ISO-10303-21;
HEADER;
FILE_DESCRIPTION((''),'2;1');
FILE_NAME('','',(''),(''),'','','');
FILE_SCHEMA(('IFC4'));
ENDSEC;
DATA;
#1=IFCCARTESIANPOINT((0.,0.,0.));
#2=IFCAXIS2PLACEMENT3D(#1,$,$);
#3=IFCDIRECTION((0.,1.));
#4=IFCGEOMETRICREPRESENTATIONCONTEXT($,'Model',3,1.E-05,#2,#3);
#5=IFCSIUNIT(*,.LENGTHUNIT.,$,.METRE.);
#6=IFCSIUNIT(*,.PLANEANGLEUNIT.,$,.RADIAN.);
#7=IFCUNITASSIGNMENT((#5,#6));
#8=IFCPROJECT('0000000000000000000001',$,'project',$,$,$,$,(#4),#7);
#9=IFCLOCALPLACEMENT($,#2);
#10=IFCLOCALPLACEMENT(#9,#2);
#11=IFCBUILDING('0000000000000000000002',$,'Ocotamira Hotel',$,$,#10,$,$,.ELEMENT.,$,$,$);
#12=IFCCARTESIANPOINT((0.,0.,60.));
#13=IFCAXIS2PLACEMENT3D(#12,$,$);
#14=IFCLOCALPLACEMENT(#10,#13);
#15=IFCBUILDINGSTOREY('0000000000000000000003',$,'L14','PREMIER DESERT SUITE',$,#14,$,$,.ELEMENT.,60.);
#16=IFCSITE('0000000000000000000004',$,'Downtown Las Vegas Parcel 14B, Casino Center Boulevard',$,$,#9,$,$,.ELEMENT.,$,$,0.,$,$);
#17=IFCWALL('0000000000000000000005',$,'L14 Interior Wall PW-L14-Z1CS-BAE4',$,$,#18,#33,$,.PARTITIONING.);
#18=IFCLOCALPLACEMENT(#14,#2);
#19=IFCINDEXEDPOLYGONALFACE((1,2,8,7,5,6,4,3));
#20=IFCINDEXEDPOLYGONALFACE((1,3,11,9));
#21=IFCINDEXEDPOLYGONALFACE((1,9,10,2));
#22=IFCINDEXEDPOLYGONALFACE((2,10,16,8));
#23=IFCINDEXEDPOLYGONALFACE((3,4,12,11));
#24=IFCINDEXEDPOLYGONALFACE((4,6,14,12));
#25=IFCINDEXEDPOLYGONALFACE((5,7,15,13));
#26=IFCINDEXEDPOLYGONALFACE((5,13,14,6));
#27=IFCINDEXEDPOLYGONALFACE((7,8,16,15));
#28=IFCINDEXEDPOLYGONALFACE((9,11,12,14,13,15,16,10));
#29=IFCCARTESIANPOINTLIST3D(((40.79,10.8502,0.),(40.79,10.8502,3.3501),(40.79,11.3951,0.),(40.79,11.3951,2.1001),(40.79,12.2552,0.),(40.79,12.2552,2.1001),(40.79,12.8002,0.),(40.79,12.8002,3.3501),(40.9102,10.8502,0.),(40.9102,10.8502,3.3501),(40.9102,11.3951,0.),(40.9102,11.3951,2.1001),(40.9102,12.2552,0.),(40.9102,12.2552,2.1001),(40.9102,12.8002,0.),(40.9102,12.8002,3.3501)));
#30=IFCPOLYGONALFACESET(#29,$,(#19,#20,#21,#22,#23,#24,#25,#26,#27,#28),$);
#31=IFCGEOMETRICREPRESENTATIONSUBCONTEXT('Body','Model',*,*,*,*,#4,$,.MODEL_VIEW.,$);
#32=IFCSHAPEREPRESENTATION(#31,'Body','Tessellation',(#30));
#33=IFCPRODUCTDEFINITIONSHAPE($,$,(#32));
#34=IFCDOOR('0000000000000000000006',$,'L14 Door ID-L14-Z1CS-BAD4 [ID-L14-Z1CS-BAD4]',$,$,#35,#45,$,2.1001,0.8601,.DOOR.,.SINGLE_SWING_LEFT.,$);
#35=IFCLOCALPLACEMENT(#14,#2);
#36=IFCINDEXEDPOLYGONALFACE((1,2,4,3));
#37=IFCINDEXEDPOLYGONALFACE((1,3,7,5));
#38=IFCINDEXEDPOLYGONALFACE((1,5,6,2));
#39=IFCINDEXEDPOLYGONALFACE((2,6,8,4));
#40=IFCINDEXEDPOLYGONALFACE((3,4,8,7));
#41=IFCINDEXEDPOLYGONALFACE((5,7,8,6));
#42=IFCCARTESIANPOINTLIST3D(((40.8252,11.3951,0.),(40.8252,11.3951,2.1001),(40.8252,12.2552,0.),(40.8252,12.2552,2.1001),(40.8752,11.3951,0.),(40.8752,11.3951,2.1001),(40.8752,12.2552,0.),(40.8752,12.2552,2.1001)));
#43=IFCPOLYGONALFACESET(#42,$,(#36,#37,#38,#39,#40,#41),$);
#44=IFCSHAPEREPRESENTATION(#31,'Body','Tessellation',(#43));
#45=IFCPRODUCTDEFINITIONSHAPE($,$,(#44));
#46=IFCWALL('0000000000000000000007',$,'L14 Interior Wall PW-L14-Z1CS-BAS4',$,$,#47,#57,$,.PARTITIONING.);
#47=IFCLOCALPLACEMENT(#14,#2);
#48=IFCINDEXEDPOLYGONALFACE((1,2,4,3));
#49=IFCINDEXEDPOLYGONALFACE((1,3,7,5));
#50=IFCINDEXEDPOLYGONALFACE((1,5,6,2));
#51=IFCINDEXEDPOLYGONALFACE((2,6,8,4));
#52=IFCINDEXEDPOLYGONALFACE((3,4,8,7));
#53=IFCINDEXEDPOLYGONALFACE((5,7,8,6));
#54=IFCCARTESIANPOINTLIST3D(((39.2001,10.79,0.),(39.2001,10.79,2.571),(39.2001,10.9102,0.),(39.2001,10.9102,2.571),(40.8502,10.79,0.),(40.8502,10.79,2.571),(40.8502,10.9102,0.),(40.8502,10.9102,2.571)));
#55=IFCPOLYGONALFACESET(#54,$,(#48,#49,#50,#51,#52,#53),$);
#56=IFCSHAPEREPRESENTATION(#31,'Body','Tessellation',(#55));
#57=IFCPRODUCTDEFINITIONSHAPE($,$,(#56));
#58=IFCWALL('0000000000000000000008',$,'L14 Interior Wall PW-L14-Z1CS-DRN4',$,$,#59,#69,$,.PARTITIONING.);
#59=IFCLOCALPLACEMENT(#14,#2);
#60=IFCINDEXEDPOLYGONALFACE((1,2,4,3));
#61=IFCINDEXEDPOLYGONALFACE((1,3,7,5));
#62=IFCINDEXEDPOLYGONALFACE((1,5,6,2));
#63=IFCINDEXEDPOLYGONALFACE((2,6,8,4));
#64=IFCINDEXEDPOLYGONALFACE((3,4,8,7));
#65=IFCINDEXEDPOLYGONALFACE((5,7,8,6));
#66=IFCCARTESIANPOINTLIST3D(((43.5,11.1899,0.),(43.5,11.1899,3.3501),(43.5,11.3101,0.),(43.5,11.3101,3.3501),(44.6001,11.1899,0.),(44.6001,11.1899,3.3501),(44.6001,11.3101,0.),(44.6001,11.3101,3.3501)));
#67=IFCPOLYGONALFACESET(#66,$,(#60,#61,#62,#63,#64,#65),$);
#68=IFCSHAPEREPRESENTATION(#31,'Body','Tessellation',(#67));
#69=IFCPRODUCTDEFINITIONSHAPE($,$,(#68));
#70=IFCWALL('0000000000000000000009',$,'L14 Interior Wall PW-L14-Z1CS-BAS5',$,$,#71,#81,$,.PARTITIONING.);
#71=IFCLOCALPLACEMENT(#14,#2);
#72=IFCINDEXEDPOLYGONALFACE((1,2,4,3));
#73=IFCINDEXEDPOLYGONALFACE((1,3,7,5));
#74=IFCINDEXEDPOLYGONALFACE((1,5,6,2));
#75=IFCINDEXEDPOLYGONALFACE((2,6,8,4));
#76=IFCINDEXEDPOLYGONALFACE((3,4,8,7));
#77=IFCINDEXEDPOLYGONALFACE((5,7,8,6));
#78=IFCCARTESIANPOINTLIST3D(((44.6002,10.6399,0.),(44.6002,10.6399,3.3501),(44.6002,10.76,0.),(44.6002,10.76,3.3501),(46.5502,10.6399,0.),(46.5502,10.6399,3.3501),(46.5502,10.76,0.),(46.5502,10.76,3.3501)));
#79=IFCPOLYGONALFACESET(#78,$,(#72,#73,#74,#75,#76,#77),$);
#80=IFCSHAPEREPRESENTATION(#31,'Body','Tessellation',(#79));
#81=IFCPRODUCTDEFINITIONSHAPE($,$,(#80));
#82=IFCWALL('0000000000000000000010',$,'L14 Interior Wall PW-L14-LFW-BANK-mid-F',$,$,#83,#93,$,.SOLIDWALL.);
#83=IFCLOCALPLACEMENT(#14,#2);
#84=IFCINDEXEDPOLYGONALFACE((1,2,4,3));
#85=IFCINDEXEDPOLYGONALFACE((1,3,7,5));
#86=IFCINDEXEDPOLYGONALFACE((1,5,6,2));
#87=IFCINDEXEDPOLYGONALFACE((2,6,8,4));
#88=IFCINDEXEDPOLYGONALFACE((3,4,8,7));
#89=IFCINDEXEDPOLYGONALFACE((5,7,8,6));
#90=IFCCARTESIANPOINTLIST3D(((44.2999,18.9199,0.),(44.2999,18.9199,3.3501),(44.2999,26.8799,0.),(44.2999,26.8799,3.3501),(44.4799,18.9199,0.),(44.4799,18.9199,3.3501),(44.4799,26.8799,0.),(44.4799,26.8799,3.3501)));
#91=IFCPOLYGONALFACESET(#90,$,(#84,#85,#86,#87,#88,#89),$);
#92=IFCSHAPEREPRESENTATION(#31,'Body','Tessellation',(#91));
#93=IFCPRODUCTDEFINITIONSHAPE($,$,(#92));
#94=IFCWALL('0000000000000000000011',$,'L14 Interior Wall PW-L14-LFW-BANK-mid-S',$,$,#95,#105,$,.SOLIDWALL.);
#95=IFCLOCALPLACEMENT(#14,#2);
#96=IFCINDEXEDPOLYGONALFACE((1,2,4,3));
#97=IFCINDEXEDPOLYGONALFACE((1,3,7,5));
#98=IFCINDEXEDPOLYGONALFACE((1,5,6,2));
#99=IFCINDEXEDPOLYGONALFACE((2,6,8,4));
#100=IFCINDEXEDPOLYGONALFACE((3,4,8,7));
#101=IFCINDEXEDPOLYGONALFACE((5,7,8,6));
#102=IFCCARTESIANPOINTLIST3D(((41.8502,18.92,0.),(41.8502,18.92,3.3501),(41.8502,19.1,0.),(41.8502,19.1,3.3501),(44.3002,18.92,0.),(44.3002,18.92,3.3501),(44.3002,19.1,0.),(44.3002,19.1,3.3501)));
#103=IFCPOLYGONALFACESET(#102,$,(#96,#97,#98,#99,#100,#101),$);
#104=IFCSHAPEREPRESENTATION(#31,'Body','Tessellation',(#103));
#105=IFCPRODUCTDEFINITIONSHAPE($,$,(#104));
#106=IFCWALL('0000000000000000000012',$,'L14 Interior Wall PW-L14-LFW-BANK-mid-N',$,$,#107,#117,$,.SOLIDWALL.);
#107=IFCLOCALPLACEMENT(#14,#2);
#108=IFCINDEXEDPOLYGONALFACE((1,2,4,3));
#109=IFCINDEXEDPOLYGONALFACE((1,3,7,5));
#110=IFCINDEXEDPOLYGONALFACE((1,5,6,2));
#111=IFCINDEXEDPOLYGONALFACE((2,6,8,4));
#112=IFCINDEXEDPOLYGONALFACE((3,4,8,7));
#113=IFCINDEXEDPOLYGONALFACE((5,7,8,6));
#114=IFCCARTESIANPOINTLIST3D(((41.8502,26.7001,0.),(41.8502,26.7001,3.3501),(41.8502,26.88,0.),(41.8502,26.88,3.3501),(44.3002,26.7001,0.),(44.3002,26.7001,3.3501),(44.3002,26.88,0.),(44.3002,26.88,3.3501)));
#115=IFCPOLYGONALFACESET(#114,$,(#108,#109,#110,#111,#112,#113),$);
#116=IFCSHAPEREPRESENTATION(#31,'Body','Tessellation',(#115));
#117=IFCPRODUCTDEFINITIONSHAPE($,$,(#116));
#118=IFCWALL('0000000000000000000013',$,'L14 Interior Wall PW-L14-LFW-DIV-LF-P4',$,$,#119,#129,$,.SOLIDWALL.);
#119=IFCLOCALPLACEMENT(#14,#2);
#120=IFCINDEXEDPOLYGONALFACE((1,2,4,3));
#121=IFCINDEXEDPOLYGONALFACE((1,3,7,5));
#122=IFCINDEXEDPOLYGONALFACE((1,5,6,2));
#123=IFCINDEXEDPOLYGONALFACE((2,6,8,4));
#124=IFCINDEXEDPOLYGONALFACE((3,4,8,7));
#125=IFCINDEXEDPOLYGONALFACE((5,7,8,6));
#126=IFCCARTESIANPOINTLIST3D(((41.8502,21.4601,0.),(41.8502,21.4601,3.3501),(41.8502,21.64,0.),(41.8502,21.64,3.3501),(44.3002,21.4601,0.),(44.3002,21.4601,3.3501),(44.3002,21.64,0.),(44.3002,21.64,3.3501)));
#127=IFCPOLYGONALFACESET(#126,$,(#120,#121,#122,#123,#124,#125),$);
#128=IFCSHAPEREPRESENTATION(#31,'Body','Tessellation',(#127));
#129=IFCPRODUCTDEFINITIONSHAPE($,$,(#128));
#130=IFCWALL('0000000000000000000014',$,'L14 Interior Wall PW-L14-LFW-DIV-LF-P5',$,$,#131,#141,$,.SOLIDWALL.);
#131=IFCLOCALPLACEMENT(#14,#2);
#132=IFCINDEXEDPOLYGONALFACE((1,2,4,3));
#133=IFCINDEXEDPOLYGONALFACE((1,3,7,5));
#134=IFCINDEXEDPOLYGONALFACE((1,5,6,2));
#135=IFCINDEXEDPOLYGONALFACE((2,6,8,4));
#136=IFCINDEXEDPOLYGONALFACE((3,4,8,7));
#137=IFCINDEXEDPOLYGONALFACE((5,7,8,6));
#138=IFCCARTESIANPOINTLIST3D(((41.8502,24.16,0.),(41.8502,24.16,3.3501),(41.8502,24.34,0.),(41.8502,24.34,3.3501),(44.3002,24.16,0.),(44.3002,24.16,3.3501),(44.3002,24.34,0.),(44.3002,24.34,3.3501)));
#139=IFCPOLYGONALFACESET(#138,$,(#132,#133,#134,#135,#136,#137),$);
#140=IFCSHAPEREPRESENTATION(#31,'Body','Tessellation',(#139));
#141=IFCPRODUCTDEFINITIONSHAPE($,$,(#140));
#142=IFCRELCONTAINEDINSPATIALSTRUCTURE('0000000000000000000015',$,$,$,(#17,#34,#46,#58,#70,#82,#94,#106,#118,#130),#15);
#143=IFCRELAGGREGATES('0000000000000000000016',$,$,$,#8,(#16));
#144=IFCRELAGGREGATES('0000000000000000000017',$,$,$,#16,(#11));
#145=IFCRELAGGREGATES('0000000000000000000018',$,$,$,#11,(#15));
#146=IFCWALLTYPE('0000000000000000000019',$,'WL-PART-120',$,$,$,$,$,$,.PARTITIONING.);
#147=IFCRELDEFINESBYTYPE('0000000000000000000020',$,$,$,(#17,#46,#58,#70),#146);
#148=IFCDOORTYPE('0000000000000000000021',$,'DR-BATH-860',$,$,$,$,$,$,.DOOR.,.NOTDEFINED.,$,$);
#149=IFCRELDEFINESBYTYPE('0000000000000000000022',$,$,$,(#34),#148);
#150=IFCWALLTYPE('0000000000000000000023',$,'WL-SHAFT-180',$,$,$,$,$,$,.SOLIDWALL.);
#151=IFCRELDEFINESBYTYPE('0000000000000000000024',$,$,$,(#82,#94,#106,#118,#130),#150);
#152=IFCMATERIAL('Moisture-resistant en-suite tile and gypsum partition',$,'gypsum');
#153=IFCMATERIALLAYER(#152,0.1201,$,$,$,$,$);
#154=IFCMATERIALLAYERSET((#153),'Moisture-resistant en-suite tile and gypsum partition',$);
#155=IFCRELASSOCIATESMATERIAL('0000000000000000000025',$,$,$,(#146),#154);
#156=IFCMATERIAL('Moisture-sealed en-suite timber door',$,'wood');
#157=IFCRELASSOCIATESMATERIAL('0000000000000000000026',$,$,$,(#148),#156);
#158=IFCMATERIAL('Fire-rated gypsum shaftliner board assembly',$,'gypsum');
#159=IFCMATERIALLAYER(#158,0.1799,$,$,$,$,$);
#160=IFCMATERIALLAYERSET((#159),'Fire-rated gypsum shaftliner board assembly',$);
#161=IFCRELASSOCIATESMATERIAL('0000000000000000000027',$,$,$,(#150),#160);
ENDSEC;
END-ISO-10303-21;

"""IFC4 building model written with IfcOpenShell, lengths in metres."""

from ifc_helpers import new_model, si_unit, direction, frame, frame_2d, origin, place, context, subcontext, project, spatial, rectangle, extrude, source, transform, mapped, material, layer, layer_set, type_object, element, fill, save


model = new_model("IFC4")

# Units and contexts
model_context = context("Model", 3, precision=1e-05, world=origin(), true_north=direction((0.0, 1.0)))
body_context = subcontext(model_context, "Body", "Model", "MODEL_VIEW")
ifc_project = project(units=[si_unit("LENGTHUNIT", "METRE"), si_unit("PLANEANGLEUNIT", "RADIAN")], contexts=[model_context])

# Site, building, storey
site_placement = place(None, origin())
site = spatial("IfcSite", under=ifc_project, at=site_placement, Name="Downtown Las Vegas Parcel 14B, Casino Center Boulevard", CompositionType="ELEMENT", RefElevation=0.0)
building_placement = place(site_placement, origin())
building = spatial("IfcBuilding", under=site, at=building_placement, Name="Ocotamira Hotel", CompositionType="ELEMENT")
storey_placement = place(building_placement, frame((0.0, 0.0, 60.0)))
storey = spatial("IfcBuildingStorey", under=building, at=storey_placement, Name="L14", Description="PREMIER DESERT SUITE", CompositionType="ELEMENT", Elevation=60.0)

# Shared definitions
ifc_material_1 = material(Name="Moisture-resistant en-suite tile and gypsum partition", Category="gypsum")
ifc_layer_1 = layer(ifc_material_1, 0.1201)
ifc_layer_set_1 = layer_set([ifc_layer_1], Name="Moisture-resistant en-suite tile and gypsum partition")
wall_type_1 = type_object("IfcWallType", Name="WL-PART-120", PredefinedType="PARTITIONING", material=ifc_layer_set_1)

# Wall, opening, door
wall_1_placement = place(storey_placement, frame((40.8501, 10.8501, 0.0), z_axis=(0.0, 0.0, 1.0), x_axis=(0.0, 1.0, 0.0)))
wall_1 = element("IfcWall", 1, at=wall_1_placement, inside=storey, type_object=wall_type_1, Name="L14 Interior Wall PW-L14-Z1CS-BAE4", PredefinedType="PARTITIONING", context=body_context, shape_type="SweptSolid", body=[
    extrude(rectangle(XDim=1.95, YDim=0.1201, at=frame_2d((0.9751, 0.0))), origin(), (0.0, 0.0, 1.0), 3.3501),
])
opening_1_placement = place(wall_1_placement, frame((0.5449, 0.0, 0.0)))
opening_1 = element("IfcOpeningElement", 2, at=opening_1_placement, cuts=wall_1, PredefinedType="OPENING", context=body_context, shape_type="SweptSolid", body=[
    extrude(rectangle(XDim=0.8601, YDim=2.1001, at=frame_2d((0.4302, 1.05))), frame((0.0, 0.0701, 0.0), z_axis=(0.0, -1.0, 0.0), x_axis=(1.0, 0.0, 0.0)), (0.0, 0.0, 1.0), 0.1401),
])
ifc_material_2 = material(Name="Moisture-sealed en-suite timber door", Category="wood")
door_type_1 = type_object("IfcDoorType", Name="DR-BATH-860", OperationType="NOTDEFINED", PredefinedType="DOOR", material=ifc_material_2)
shared_shape_1 = source(origin(), body_context, "Body", "SweptSolid", [
    extrude(rectangle(XDim=0.8601, YDim=2.1001, at=frame_2d((0.4302, 1.05))), frame((0.0, 0.0249, 0.0), z_axis=(0.0, -1.0, 0.0), x_axis=(1.0, 0.0, 0.0)), (0.0, 0.0, 1.0), 0.05),
])
door_1_placement = place(opening_1_placement, origin())
door_1 = element("IfcDoor", 3, at=door_1_placement, inside=storey, type_object=door_type_1, Name="L14 Door ID-L14-Z1CS-BAD4 [ID-L14-Z1CS-BAD4]", OperationType="SINGLE_SWING_LEFT", OverallHeight=2.1001, OverallWidth=0.8601, PredefinedType="DOOR", context=body_context, shape_type="MappedRepresentation", body=[
    mapped(shared_shape_1, transform((0.0, 0.0, 0.0), scale=1.0)),
])
fill(opening_1, door_1)

# Walls
wall_2_placement = place(storey_placement, frame((39.2, 10.8501, 0.0), z_axis=(0.0, 0.0, 1.0), x_axis=(1.0, 0.0, 0.0)))
element("IfcWall", 4, at=wall_2_placement, inside=storey, type_object=wall_type_1, Name="L14 Interior Wall PW-L14-Z1CS-BAS4", PredefinedType="PARTITIONING", context=body_context, shape_type="SweptSolid", body=[
    extrude(rectangle(XDim=1.6501, YDim=0.1201, at=frame_2d((0.8252, 0.0))), origin(), (0.0, 0.0, 1.0), 2.571),
])
wall_3_placement = place(storey_placement, frame((43.5, 11.25, 0.0), z_axis=(0.0, 0.0, 1.0), x_axis=(1.0, 0.0, 0.0)))
element("IfcWall", 5, at=wall_3_placement, inside=storey, type_object=wall_type_1, Name="L14 Interior Wall PW-L14-Z1CS-DRN4", PredefinedType="PARTITIONING", context=body_context, shape_type="SweptSolid", body=[
    extrude(rectangle(XDim=1.1001, YDim=0.1201, at=frame_2d((0.55, 0.0))), origin(), (0.0, 0.0, 1.0), 3.3501),
])
wall_4_placement = place(storey_placement, frame((44.6001, 10.7, 0.0), z_axis=(0.0, 0.0, 1.0), x_axis=(1.0, 0.0, 0.0)))
element("IfcWall", 6, at=wall_4_placement, inside=storey, type_object=wall_type_1, Name="L14 Interior Wall PW-L14-Z1CS-BAS5", PredefinedType="PARTITIONING", context=body_context, shape_type="SweptSolid", body=[
    extrude(rectangle(XDim=1.95, YDim=0.1201, at=frame_2d((0.9751, 0.0))), origin(), (0.0, 0.0, 1.0), 3.3501),
])
ifc_material_3 = material(Name="Fire-rated gypsum shaftliner board assembly", Category="gypsum")
ifc_layer_2 = layer(ifc_material_3, 0.1799)
ifc_layer_set_2 = layer_set([ifc_layer_2], Name="Fire-rated gypsum shaftliner board assembly")
wall_type_2 = type_object("IfcWallType", Name="WL-SHAFT-180", PredefinedType="SOLIDWALL", material=ifc_layer_set_2)
wall_5_placement = place(storey_placement, frame((44.3899, 18.9199, 0.0), z_axis=(0.0, 0.0, 1.0), x_axis=(0.0, 1.0, 0.0)))
element("IfcWall", 7, at=wall_5_placement, inside=storey, type_object=wall_type_2, Name="L14 Interior Wall PW-L14-LFW-BANK-mid-F", PredefinedType="SOLIDWALL", context=body_context, shape_type="SweptSolid", body=[
    extrude(rectangle(XDim=7.96, YDim=0.1799, at=frame_2d((3.98, 0.0))), origin(), (0.0, 0.0, 1.0), 3.3501),
])
for number, where, z_axis, x_axis, name in (
    (8, (41.8501, 19.01, 0.0), (0.0, 0.0, 1.0), (1.0, 0.0, 0.0), "L14 Interior Wall PW-L14-LFW-BANK-mid-S"),
    (9, (41.8501, 26.79, 0.0), (0.0, 0.0, 1.0), (1.0, 0.0, 0.0), "L14 Interior Wall PW-L14-LFW-BANK-mid-N"),
    (10, (41.8501, 21.55, 0.0), (0.0, 0.0, 1.0), (1.0, 0.0, 0.0), "L14 Interior Wall PW-L14-LFW-DIV-LF-P4"),
    (11, (41.8501, 24.25, 0.0), (0.0, 0.0, 1.0), (1.0, 0.0, 0.0), "L14 Interior Wall PW-L14-LFW-DIV-LF-P5"),
):
    element("IfcWall", number, at=place(storey_placement, frame(where, z_axis=z_axis, x_axis=x_axis)), inside=storey, type_object=wall_type_2, Name=name, PredefinedType="SOLIDWALL", context=body_context, shape_type="SweptSolid", body=[
        extrude(rectangle(XDim=2.45, YDim=0.1799, at=frame_2d((1.2251, 0.0))), origin(), (0.0, 0.0, 1.0), 3.3501),
    ])

save(model, "model.ifc")
